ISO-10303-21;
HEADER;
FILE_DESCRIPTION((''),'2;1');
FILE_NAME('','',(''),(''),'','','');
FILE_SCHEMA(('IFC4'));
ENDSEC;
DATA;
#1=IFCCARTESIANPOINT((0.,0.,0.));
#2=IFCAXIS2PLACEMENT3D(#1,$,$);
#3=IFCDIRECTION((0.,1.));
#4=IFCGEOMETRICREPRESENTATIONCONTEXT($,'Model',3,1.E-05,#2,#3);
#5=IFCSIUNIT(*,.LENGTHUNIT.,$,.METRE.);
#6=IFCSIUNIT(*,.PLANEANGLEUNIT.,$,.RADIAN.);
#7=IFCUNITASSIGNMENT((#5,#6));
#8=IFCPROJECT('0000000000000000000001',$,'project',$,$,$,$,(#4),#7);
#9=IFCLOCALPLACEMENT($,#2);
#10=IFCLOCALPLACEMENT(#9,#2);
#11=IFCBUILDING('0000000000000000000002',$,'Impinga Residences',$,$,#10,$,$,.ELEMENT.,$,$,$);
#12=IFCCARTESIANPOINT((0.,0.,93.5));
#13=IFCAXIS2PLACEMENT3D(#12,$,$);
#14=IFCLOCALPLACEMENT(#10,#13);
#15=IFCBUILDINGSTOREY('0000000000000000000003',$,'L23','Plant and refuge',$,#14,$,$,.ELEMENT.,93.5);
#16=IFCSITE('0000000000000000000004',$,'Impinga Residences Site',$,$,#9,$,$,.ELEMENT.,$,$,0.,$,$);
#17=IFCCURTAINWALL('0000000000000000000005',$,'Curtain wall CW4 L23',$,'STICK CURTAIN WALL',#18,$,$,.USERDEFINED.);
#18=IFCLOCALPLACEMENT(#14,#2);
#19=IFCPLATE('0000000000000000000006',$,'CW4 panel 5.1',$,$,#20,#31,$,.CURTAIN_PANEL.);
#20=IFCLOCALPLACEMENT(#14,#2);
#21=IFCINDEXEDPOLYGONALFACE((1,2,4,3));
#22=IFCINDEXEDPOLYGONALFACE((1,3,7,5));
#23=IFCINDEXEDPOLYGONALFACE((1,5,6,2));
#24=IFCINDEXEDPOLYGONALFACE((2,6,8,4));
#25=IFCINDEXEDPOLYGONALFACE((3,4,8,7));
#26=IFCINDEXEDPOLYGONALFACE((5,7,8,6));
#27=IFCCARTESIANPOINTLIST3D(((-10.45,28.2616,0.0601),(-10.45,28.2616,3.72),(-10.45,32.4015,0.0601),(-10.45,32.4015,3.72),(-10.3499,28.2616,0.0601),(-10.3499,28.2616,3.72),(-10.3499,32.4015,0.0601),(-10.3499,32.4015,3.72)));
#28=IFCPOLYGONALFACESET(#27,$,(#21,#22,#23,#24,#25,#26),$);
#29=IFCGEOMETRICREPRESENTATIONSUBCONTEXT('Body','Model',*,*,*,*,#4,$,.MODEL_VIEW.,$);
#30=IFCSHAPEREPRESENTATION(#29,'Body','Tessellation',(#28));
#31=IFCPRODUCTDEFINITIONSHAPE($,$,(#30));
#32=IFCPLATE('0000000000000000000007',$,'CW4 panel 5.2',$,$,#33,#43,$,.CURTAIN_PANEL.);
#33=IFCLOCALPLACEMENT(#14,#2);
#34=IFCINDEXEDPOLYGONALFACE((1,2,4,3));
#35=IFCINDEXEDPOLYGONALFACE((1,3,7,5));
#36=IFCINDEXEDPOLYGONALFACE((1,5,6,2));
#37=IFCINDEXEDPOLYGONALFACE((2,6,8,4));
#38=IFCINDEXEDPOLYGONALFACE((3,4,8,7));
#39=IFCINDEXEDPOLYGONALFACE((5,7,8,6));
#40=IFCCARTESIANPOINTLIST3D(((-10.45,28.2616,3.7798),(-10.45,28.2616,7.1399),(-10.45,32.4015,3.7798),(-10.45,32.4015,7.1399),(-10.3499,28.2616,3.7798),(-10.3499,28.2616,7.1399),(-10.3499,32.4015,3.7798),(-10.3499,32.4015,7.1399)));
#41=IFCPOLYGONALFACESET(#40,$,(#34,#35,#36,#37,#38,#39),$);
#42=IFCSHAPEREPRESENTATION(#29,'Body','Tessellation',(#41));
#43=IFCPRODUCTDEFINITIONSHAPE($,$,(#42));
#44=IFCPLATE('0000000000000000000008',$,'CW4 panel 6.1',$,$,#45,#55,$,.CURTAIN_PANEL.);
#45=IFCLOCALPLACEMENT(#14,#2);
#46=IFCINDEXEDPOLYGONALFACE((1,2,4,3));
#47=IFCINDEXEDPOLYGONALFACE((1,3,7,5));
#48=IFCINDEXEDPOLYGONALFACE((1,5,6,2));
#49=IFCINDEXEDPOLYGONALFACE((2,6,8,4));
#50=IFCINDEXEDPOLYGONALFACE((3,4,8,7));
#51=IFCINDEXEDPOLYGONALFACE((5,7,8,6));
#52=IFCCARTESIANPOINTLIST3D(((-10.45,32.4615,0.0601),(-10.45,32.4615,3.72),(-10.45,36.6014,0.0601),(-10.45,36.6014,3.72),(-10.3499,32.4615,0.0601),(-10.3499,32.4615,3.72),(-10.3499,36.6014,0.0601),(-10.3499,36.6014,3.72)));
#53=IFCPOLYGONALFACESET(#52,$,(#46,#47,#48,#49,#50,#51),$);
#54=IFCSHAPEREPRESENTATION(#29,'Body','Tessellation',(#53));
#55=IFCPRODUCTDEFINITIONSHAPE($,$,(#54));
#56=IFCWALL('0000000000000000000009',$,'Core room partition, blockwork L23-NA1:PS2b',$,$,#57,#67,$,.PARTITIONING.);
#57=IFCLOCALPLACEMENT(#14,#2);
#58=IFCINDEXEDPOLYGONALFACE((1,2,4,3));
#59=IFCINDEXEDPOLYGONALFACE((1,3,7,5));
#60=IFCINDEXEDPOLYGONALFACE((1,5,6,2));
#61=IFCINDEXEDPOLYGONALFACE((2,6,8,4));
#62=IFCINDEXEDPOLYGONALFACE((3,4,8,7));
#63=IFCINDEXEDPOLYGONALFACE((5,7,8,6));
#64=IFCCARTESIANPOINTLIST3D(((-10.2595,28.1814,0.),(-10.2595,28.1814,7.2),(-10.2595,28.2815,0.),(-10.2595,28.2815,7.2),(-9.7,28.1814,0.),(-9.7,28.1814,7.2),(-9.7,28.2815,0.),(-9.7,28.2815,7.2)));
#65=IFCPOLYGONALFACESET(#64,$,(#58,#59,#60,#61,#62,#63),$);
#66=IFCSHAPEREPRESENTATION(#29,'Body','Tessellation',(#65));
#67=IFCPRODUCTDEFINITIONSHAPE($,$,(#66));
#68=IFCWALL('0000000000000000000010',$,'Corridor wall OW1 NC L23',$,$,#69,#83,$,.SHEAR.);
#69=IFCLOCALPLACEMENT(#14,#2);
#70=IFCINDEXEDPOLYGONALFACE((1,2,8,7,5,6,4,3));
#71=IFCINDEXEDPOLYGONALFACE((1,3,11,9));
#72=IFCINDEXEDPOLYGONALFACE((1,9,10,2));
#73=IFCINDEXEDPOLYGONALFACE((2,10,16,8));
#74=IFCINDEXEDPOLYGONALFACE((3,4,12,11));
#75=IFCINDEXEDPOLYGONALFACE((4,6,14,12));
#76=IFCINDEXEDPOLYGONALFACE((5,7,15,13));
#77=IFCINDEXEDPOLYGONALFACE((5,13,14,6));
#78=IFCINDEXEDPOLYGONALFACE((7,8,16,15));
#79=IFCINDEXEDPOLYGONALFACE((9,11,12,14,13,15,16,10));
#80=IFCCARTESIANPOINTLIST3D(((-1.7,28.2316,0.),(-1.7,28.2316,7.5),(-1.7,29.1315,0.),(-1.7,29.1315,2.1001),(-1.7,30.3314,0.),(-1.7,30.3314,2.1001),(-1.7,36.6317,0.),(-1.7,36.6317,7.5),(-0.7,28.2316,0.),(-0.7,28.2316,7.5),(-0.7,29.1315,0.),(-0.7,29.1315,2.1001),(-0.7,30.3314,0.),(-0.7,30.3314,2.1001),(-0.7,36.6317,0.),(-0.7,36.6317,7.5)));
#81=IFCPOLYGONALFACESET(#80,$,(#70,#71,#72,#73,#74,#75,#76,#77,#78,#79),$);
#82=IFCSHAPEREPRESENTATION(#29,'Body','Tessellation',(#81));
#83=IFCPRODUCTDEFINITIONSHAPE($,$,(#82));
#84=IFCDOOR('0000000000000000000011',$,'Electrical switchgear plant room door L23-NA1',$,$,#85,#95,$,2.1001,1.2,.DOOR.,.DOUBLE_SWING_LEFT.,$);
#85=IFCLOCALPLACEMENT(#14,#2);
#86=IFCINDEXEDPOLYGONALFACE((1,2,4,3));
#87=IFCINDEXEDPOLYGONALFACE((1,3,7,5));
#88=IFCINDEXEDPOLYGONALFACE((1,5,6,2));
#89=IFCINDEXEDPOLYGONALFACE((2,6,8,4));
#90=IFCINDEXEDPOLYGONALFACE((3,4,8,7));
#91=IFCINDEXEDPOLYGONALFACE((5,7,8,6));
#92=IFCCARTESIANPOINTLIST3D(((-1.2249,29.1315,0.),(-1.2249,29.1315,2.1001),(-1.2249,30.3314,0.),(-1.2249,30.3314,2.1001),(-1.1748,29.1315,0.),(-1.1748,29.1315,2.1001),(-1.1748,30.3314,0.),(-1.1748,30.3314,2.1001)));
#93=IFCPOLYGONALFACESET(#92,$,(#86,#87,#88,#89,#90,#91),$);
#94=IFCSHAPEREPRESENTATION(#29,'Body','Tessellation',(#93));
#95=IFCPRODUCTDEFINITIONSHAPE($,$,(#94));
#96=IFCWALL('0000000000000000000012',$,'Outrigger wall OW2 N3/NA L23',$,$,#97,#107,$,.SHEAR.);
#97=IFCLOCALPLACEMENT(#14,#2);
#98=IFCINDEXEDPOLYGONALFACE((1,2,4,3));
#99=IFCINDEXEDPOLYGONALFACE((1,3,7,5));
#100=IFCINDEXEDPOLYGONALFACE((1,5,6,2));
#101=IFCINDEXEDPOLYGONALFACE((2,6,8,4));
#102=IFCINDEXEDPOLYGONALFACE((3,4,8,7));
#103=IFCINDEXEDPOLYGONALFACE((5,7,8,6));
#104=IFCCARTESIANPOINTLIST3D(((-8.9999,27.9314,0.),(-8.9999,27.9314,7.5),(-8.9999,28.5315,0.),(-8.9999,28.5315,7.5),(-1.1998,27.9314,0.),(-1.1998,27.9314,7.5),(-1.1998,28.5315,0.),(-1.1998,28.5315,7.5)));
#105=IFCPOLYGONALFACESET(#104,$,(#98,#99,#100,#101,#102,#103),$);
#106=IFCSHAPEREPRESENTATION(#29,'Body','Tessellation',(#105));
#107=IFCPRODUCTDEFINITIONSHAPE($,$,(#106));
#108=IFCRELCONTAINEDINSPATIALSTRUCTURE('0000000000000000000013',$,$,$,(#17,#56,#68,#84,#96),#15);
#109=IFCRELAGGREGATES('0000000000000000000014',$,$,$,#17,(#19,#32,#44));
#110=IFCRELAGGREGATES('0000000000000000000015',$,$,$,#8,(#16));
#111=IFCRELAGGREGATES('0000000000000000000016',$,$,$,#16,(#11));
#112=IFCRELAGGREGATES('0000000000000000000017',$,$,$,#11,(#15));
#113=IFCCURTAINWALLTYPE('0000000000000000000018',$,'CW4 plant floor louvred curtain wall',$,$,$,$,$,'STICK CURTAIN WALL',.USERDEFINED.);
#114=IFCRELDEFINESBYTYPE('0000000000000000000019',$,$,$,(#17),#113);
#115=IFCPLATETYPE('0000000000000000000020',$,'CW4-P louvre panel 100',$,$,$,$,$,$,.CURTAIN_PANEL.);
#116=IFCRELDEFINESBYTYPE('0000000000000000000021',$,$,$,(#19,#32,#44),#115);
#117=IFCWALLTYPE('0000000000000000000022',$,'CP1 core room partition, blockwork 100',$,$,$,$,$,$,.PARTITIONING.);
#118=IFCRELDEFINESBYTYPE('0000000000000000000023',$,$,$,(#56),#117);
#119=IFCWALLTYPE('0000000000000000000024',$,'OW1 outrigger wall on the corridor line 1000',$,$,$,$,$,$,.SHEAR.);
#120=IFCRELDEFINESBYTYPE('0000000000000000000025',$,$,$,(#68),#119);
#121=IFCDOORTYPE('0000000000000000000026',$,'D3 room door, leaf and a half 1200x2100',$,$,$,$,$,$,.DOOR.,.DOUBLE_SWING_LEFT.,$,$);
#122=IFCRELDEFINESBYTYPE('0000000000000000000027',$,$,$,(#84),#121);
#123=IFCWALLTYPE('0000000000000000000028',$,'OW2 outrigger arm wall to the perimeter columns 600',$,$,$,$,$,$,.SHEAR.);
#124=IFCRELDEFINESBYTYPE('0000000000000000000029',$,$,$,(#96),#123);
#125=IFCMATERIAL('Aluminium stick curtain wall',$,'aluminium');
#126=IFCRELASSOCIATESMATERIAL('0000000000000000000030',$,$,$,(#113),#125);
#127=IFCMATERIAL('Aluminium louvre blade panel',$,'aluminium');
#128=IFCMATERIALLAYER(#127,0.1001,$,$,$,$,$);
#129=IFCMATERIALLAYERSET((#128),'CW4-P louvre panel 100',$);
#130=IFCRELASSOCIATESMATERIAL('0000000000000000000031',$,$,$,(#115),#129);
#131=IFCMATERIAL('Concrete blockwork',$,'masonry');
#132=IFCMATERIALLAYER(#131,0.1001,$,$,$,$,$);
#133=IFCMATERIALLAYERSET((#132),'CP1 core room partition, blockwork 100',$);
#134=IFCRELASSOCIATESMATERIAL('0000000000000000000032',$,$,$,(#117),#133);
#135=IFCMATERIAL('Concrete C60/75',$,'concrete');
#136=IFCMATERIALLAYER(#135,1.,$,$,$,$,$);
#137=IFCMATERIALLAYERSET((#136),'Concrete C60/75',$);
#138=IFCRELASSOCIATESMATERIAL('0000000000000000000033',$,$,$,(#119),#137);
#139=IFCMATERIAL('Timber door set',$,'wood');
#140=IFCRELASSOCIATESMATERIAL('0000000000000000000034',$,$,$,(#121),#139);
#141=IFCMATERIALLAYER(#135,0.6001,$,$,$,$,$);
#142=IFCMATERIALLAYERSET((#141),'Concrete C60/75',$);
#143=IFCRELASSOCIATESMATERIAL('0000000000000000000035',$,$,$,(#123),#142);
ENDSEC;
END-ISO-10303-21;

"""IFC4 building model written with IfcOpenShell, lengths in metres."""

from ifc_helpers import new_model, si_unit, direction, frame, frame_2d, origin, origin_2d, place, context, subcontext, project, spatial, rectangle, extrude, material, layer, layer_set, type_object, element, fill, aggregate, save


model = new_model("IFC4")

# Units and contexts
model_context = context("Model", 3, precision=1e-05, world=origin(), true_north=direction((0.0, 1.0)))
body_context = subcontext(model_context, "Body", "Model", "MODEL_VIEW")
ifc_project = project(units=[si_unit("LENGTHUNIT", "METRE"), si_unit("PLANEANGLEUNIT", "RADIAN")], contexts=[model_context])

# Site, building, storey
site_placement = place(None, origin())
site = spatial("IfcSite", under=ifc_project, at=site_placement, Name="Impinga Residences Site", CompositionType="ELEMENT", RefElevation=0.0)
building_placement = place(site_placement, origin())
building = spatial("IfcBuilding", under=site, at=building_placement, Name="Impinga Residences", CompositionType="ELEMENT")
storey_placement = place(building_placement, frame((0.0, 0.0, 93.5)))
storey = spatial("IfcBuildingStorey", under=building, at=storey_placement, Name="L23", Description="Plant and refuge", CompositionType="ELEMENT", Elevation=93.5)

# Curtain wall, plates
ifc_material_1 = material(Name="Aluminium stick curtain wall", Category="aluminium")
curtain_wall_type = type_object("IfcCurtainWallType", Name="CW4 plant floor louvred curtain wall", ElementType="STICK CURTAIN WALL", PredefinedType="USERDEFINED", material=ifc_material_1)
curtain_wall_placement = place(storey_placement, origin())
curtain_wall = element("IfcCurtainWall", 1, at=curtain_wall_placement, inside=storey, type_object=curtain_wall_type, Name="Curtain wall CW4 L23", ObjectType="STICK CURTAIN WALL", PredefinedType="USERDEFINED")
ifc_material_2 = material(Name="Aluminium louvre blade panel", Category="aluminium")
ifc_layer_1 = layer(ifc_material_2, 0.1001)
ifc_layer_set_1 = layer_set([ifc_layer_1], Name="CW4-P louvre panel 100")
plate_type = type_object("IfcPlateType", Name="CW4-P louvre panel 100", PredefinedType="CURTAIN_PANEL", material=ifc_layer_set_1)
plate_1_placement = place(storey_placement, frame((-10.3999, 30.3315, 0.0601), z_axis=(0.0, 0.0, 1.0), x_axis=(0.0, 1.0, 0.0)))
plate_1 = element("IfcPlate", 2, at=plate_1_placement, type_object=plate_type, Name="CW4 panel 5.1", PredefinedType="CURTAIN_PANEL", context=body_context, shape_type="SweptSolid", body=[
    extrude(rectangle(XDim=4.1399, YDim=0.1001, at=origin_2d()), origin(), (0.0, 0.0, 1.0), 3.6599),
])
plate_2_placement = place(storey_placement, frame((-10.3999, 30.3315, 3.7798), z_axis=(0.0, 0.0, 1.0), x_axis=(0.0, 1.0, 0.0)))
plate_2 = element("IfcPlate", 3, at=plate_2_placement, type_object=plate_type, Name="CW4 panel 5.2", PredefinedType="CURTAIN_PANEL", context=body_context, shape_type="SweptSolid", body=[
    extrude(rectangle(XDim=4.1399, YDim=0.1001, at=origin_2d()), origin(), (0.0, 0.0, 1.0), 3.3601),
])
plate_3_placement = place(storey_placement, frame((-10.3999, 34.5315, 0.0601), z_axis=(0.0, 0.0, 1.0), x_axis=(0.0, 1.0, 0.0)))
plate_3 = element("IfcPlate", 4, at=plate_3_placement, type_object=plate_type, Name="CW4 panel 6.1", PredefinedType="CURTAIN_PANEL", context=body_context, shape_type="SweptSolid", body=[
    extrude(rectangle(XDim=4.1399, YDim=0.1001, at=origin_2d()), origin(), (0.0, 0.0, 1.0), 3.6599),
])
aggregate(curtain_wall, [plate_1, plate_2, plate_3])

# Wall
ifc_material_3 = material(Name="Concrete blockwork", Category="masonry")
ifc_layer_2 = layer(ifc_material_3, 0.1001)
ifc_layer_set_2 = layer_set([ifc_layer_2], Name="CP1 core room partition, blockwork 100")
wall_type_1 = type_object("IfcWallType", Name="CP1 core room partition, blockwork 100", PredefinedType="PARTITIONING", material=ifc_layer_set_2)
wall_1_placement = place(storey_placement, frame((-9.7, 28.2314, 0.0), z_axis=(0.0, 0.0, 1.0), x_axis=(-1.0, 0.0, 0.0)))
element("IfcWall", 5, at=wall_1_placement, inside=storey, type_object=wall_type_1, Name="Core room partition, blockwork L23-NA1:PS2b", PredefinedType="PARTITIONING", context=body_context, shape_type="SweptSolid", body=[
    extrude(rectangle(XDim=0.5596, YDim=0.1001, at=frame_2d((0.2798, 0.0))), origin(), (0.0, 0.0, 1.0), 7.2),
])

# Wall, opening, door
ifc_material_4 = material(Name="Concrete C60/75", Category="concrete")
ifc_layer_3 = layer(ifc_material_4, 1.0)
ifc_layer_set_3 = layer_set([ifc_layer_3], Name="Concrete C60/75")
wall_type_2 = type_object("IfcWallType", Name="OW1 outrigger wall on the corridor line 1000", PredefinedType="SHEAR", material=ifc_layer_set_3)
wall_2_placement = place(storey_placement, frame((-1.2, 28.2314, 0.0), z_axis=(0.0, 0.0, 1.0), x_axis=(0.0, 1.0, 0.0)))
wall_2 = element("IfcWall", 6, at=wall_2_placement, inside=storey, type_object=wall_type_2, Name="Corridor wall OW1 NC L23", PredefinedType="SHEAR", context=body_context, shape_type="SweptSolid", body=[
    extrude(rectangle(XDim=8.4001, YDim=1.0, at=frame_2d((4.2002, 0.0))), origin(), (0.0, 0.0, 1.0), 7.5),
])
opening_placement = place(wall_2_placement, frame((0.8999, 0.0, 0.0)))
opening = element("IfcOpeningElement", 7, at=opening_placement, cuts=wall_2, PredefinedType="OPENING", context=body_context, shape_type="SweptSolid", body=[
    extrude(rectangle(XDim=1.2, YDim=2.1001, at=frame_2d((0.6001, 1.05))), frame((0.0, 0.51, 0.0), z_axis=(0.0, -1.0, 0.0), x_axis=(1.0, 0.0, 0.0)), (0.0, 0.0, 1.0), 1.02),
])
ifc_material_5 = material(Name="Timber door set", Category="wood")
door_type = type_object("IfcDoorType", Name="D3 room door, leaf and a half 1200x2100", OperationType="DOUBLE_SWING_LEFT", PredefinedType="DOOR", material=ifc_material_5)
door_placement = place(opening_placement, origin())
door = element("IfcDoor", 8, at=door_placement, inside=storey, type_object=door_type, Name="Electrical switchgear plant room door L23-NA1", OperationType="DOUBLE_SWING_LEFT", OverallHeight=2.1001, OverallWidth=1.2, PredefinedType="DOOR", context=body_context, shape_type="SweptSolid", body=[
    extrude(rectangle(XDim=1.2, YDim=2.1001, at=frame_2d((0.6001, 1.05))), frame((0.0, 0.0249, 0.0), z_axis=(0.0, -1.0, 0.0), x_axis=(1.0, 0.0, 0.0)), (0.0, 0.0, 1.0), 0.05),
])
fill(opening, door)

# Wall
ifc_layer_4 = layer(ifc_material_4, 0.6001)
ifc_layer_set_4 = layer_set([ifc_layer_4], Name="Concrete C60/75")
wall_type_3 = type_object("IfcWallType", Name="OW2 outrigger arm wall to the perimeter columns 600", PredefinedType="SHEAR", material=ifc_layer_set_4)
wall_3_placement = place(storey_placement, frame((-1.2, 28.2314, 0.0), z_axis=(0.0, 0.0, 1.0), x_axis=(-1.0, 0.0, 0.0)))
element("IfcWall", 9, at=wall_3_placement, inside=storey, type_object=wall_type_3, Name="Outrigger wall OW2 N3/NA L23", PredefinedType="SHEAR", context=body_context, shape_type="SweptSolid", body=[
    extrude(rectangle(XDim=7.8, YDim=0.6001, at=frame_2d((3.8999, 0.0))), origin(), (0.0, 0.0, 1.0), 7.5),
])

save(model, "model.ifc")
